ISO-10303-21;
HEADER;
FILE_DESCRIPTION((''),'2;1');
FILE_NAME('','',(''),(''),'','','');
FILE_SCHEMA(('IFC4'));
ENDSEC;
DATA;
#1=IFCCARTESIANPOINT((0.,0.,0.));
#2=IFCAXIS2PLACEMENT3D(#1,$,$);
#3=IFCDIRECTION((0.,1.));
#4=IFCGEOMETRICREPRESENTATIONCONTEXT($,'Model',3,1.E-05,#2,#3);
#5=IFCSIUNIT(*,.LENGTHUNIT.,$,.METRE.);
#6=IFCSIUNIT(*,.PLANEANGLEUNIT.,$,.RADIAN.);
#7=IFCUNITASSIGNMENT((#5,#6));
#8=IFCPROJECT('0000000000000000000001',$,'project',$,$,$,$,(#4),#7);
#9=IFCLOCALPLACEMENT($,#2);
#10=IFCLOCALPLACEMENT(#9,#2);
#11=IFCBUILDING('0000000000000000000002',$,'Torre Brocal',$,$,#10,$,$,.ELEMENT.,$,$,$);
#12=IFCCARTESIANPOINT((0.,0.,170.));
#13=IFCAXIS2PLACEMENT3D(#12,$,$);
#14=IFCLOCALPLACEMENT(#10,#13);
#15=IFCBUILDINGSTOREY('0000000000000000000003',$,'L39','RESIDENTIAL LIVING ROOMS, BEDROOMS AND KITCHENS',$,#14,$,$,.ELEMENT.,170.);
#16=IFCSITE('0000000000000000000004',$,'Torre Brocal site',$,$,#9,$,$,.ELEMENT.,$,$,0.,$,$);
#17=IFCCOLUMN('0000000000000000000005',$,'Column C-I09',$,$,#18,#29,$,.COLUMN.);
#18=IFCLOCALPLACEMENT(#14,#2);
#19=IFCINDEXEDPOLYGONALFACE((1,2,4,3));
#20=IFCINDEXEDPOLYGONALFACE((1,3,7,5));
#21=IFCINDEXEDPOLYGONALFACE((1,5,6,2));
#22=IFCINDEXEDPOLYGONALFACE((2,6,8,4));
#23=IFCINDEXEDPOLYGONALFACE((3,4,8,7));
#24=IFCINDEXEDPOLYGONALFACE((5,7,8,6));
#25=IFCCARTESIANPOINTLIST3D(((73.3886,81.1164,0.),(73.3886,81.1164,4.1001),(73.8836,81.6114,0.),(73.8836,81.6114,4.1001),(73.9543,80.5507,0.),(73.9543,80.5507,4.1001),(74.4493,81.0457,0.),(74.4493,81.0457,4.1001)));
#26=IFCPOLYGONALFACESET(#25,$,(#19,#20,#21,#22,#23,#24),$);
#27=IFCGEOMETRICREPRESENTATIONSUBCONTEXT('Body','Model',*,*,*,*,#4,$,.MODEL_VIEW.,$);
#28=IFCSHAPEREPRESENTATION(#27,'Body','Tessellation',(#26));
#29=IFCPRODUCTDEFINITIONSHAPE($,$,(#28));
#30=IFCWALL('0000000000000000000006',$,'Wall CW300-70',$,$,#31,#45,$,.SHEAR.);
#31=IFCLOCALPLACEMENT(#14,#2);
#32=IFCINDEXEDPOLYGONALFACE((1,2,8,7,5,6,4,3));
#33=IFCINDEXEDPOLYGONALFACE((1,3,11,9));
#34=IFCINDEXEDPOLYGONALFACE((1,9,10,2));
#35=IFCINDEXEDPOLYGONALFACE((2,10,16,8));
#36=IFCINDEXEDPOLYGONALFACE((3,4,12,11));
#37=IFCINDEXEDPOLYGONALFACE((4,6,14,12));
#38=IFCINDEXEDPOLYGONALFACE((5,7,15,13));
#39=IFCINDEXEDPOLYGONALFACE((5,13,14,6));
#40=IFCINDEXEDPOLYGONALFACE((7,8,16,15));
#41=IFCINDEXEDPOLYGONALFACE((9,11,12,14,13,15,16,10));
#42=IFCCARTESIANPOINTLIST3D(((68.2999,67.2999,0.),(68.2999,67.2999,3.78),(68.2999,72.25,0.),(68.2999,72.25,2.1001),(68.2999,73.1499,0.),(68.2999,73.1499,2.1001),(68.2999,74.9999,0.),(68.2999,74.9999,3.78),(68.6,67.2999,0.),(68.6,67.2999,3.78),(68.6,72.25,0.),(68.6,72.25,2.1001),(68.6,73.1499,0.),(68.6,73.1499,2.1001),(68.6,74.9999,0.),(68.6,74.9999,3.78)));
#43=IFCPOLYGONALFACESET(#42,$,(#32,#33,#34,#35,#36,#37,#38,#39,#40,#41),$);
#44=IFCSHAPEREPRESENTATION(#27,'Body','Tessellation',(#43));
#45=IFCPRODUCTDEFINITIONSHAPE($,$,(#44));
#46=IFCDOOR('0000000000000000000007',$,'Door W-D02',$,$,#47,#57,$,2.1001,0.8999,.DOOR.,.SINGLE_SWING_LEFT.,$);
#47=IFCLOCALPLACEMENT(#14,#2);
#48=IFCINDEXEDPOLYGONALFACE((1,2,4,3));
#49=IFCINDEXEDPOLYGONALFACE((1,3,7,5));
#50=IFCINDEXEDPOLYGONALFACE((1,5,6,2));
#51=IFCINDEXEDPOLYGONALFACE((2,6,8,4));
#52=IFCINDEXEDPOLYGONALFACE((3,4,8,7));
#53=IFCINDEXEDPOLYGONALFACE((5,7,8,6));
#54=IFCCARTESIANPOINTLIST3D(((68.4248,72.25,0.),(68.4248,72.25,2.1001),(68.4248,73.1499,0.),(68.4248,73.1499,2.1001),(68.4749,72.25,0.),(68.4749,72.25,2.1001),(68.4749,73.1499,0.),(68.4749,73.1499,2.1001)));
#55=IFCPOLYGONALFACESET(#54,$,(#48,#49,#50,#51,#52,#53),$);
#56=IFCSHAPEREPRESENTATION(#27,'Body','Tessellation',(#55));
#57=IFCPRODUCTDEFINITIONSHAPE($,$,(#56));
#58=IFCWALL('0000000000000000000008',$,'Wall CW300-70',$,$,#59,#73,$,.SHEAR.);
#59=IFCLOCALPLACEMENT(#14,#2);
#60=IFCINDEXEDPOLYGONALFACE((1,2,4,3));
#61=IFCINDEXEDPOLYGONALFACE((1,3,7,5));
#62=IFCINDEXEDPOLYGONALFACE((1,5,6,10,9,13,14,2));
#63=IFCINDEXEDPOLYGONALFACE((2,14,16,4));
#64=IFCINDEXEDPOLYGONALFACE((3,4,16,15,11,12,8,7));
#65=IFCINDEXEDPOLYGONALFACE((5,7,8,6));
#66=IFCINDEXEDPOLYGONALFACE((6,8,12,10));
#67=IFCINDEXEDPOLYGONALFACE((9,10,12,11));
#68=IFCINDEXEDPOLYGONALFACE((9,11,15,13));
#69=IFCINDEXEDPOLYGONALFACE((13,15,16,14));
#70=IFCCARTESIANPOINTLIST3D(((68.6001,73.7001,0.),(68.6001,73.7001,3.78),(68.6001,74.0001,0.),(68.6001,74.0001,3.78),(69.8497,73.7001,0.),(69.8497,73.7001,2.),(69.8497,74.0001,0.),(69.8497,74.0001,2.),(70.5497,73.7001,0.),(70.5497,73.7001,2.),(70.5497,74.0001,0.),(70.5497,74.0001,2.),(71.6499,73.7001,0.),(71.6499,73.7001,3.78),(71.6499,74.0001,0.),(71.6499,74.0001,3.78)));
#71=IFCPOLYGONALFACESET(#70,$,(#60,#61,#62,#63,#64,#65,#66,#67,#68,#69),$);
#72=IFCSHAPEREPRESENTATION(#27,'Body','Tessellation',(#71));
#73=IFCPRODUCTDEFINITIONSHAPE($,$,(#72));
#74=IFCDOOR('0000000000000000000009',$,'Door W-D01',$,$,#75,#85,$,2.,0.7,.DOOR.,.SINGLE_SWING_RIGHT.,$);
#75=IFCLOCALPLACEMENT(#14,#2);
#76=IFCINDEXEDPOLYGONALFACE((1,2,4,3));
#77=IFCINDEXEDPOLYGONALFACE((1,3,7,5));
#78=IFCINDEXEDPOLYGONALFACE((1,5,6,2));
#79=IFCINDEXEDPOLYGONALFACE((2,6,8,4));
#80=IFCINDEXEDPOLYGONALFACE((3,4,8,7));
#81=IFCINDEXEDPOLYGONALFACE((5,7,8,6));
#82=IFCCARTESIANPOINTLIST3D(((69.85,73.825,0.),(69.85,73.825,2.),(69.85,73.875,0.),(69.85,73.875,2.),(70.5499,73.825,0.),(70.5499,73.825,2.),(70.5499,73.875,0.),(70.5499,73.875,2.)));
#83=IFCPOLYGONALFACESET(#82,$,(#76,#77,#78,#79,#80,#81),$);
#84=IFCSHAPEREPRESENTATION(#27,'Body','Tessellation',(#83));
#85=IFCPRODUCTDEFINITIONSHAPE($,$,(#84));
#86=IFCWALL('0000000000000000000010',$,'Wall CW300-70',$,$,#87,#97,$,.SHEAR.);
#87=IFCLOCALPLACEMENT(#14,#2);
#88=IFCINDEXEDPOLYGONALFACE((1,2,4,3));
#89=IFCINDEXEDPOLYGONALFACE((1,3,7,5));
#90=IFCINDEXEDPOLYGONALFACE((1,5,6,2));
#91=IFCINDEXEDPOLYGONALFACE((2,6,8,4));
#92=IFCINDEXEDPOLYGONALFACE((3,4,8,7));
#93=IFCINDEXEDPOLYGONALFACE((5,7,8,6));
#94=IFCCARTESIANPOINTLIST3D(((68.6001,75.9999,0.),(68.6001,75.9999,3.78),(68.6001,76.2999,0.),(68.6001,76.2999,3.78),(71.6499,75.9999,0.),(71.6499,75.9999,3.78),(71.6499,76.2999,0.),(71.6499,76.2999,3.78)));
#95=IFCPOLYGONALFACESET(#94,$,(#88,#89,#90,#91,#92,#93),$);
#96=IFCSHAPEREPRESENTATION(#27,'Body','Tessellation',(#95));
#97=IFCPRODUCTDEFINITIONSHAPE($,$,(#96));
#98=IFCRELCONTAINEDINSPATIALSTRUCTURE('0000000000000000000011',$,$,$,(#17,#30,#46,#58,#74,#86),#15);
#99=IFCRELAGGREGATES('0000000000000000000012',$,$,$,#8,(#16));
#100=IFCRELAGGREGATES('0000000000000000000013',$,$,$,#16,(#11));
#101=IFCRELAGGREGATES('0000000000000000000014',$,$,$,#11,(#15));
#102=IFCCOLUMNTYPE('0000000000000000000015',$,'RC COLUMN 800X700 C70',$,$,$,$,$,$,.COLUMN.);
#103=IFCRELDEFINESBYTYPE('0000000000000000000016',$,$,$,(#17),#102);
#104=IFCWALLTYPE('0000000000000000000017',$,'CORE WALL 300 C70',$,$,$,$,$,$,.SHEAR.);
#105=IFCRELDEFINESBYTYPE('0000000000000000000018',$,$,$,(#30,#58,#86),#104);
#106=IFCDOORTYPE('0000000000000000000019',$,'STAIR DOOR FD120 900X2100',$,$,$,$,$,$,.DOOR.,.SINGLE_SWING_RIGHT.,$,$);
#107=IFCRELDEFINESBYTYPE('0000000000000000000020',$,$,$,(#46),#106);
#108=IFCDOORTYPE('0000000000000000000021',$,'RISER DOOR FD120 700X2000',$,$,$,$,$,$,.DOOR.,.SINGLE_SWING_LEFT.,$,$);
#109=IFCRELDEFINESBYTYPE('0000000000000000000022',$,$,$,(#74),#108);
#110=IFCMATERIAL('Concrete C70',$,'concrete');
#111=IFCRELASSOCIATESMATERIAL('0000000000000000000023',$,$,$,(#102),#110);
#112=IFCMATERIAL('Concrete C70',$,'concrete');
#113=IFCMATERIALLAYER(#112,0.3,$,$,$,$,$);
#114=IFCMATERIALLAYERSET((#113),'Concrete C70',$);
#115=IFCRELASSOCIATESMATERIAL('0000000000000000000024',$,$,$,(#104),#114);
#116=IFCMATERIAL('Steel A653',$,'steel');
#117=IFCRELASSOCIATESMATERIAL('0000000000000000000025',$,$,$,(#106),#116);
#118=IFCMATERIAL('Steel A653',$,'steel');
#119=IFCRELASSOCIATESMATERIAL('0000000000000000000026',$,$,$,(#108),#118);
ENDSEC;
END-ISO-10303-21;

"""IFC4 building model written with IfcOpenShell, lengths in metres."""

from ifc_helpers import new_model, si_unit, direction, frame, frame_2d, origin, origin_2d, place, context, subcontext, project, spatial, rectangle, extrude, material, layer, layer_set, material_profile, profile_set, type_object, element, fill, save


model = new_model("IFC4")

# Units and contexts
model_context = context("Model", 3, precision=1e-05, world=origin(), true_north=direction((0.0, 1.0)))
body_context = subcontext(model_context, "Body", "Model", "MODEL_VIEW")
ifc_project = project(units=[si_unit("LENGTHUNIT", "METRE"), si_unit("PLANEANGLEUNIT", "RADIAN")], contexts=[model_context])

# Site, building, storey
site_placement = place(None, origin())
site = spatial("IfcSite", under=ifc_project, at=site_placement, Name="Torre Brocal site", CompositionType="ELEMENT", RefElevation=0.0)
building_placement = place(site_placement, origin())
building = spatial("IfcBuilding", under=site, at=building_placement, Name="Torre Brocal", CompositionType="ELEMENT")
storey_placement = place(building_placement, frame((0.0, 0.0, 170.0)))
storey = spatial("IfcBuildingStorey", under=building, at=storey_placement, Name="L39", Description="RESIDENTIAL LIVING ROOMS, BEDROOMS AND KITCHENS", CompositionType="ELEMENT", Elevation=170.0)

# Column
ifc_material_1 = material(Name="Concrete C70", Category="concrete")
ifc_material_profile = material_profile(ifc_material_1, rectangle(XDim=0.8, YDim=0.7, at=origin_2d()), Name="RC 800X700")
ifc_profile_set = profile_set([ifc_material_profile], Name="Concrete C70")
column_type = type_object("IfcColumnType", Name="RC COLUMN 800X700 C70", PredefinedType="COLUMN", material=ifc_profile_set)
column_placement = place(storey_placement, frame((73.9189, 81.0811, 0.0), z_axis=(0.0, 0.0, 1.0), x_axis=(-0.707107, 0.707107, 0.0)))
element("IfcColumn", 1, at=column_placement, inside=storey, type_object=column_type, Name="Column C-I09", PredefinedType="COLUMN", context=body_context, shape_type="SweptSolid", body=[
    extrude(rectangle(XDim=0.8, YDim=0.7, at=origin_2d()), origin(), (0.0, 0.0, 1.0), 4.1001),
])

# Walls, openings, doors
ifc_material_2 = material(Name="Concrete C70", Category="concrete")
ifc_layer_1 = layer(ifc_material_2, 0.3)
ifc_layer_set_1 = layer_set([ifc_layer_1], Name="Concrete C70")
wall_type_1 = type_object("IfcWallType", Name="CORE WALL 300 C70", PredefinedType="SHEAR", material=ifc_layer_set_1)
wall_1_placement = place(storey_placement, frame((68.45, 75.0, 0.0), z_axis=(0.0, 0.0, 1.0), x_axis=(0.0, -1.0, 0.0)))
wall_1 = element("IfcWall", 2, at=wall_1_placement, inside=storey, type_object=wall_type_1, Name="Wall CW300-70", PredefinedType="SHEAR", context=body_context, shape_type="SweptSolid", body=[
    extrude(rectangle(XDim=7.7, YDim=0.3, at=frame_2d((3.8501, 0.0))), origin(), (0.0, 0.0, 1.0), 3.78),
])
opening_1_placement = place(wall_1_placement, frame((1.8501, 0.0, 0.0)))
opening_1 = element("IfcOpeningElement", 3, at=opening_1_placement, cuts=wall_1, PredefinedType="OPENING", context=body_context, shape_type="SweptSolid", body=[
    extrude(rectangle(XDim=0.8999, YDim=2.1001, at=frame_2d((0.45, 1.05))), frame((0.0, 0.1599, 0.0), z_axis=(0.0, -1.0, 0.0), x_axis=(1.0, 0.0, 0.0)), (0.0, 0.0, 1.0), 0.3201),
])
ifc_material_3 = material(Name="Steel A653", Category="steel")
door_type_1 = type_object("IfcDoorType", Name="STAIR DOOR FD120 900X2100", OperationType="SINGLE_SWING_RIGHT", PredefinedType="DOOR", material=ifc_material_3)
door_1_placement = place(opening_1_placement, origin())
door_1 = element("IfcDoor", 4, at=door_1_placement, inside=storey, type_object=door_type_1, Name="Door W-D02", OperationType="SINGLE_SWING_LEFT", OverallHeight=2.1001, OverallWidth=0.8999, PredefinedType="DOOR", context=body_context, shape_type="SweptSolid", body=[
    extrude(rectangle(XDim=0.8999, YDim=2.1001, at=frame_2d((0.45, 1.05))), frame((0.0, 0.0249, 0.0), z_axis=(0.0, -1.0, 0.0), x_axis=(1.0, 0.0, 0.0)), (0.0, 0.0, 1.0), 0.05),
])
fill(opening_1, door_1)
wall_2_placement = place(storey_placement, frame((71.6499, 73.8501, 0.0), z_axis=(0.0, 0.0, 1.0), x_axis=(-1.0, 0.0, 0.0)))
wall_2 = element("IfcWall", 5, at=wall_2_placement, inside=storey, type_object=wall_type_1, Name="Wall CW300-70", PredefinedType="SHEAR", context=body_context, shape_type="SweptSolid", body=[
    extrude(rectangle(XDim=3.0498, YDim=0.3, at=frame_2d((1.5249, 0.0))), origin(), (0.0, 0.0, 1.0), 3.78),
])
opening_2_placement = place(wall_2_placement, frame((1.1001, 0.0, 0.0)))
opening_2 = element("IfcOpeningElement", 6, at=opening_2_placement, cuts=wall_2, PredefinedType="OPENING", context=body_context, shape_type="SweptSolid", body=[
    extrude(rectangle(XDim=0.7, YDim=2.0, at=frame_2d((0.3501, 1.0))), frame((0.0, 0.1599, 0.0), z_axis=(0.0, -1.0, 0.0), x_axis=(1.0, 0.0, 0.0)), (0.0, 0.0, 1.0), 0.3201),
])
ifc_material_4 = material(Name="Steel A653", Category="steel")
door_type_2 = type_object("IfcDoorType", Name="RISER DOOR FD120 700X2000", OperationType="SINGLE_SWING_LEFT", PredefinedType="DOOR", material=ifc_material_4)
door_2_placement = place(opening_2_placement, frame((0.7, 0.0, 0.0), z_axis=(0.0, 0.0, 1.0), x_axis=(-1.0, 0.0, 0.0)))
door_2 = element("IfcDoor", 7, at=door_2_placement, inside=storey, type_object=door_type_2, Name="Door W-D01", OperationType="SINGLE_SWING_RIGHT", OverallHeight=2.0, OverallWidth=0.7, PredefinedType="DOOR", context=body_context, shape_type="SweptSolid", body=[
    extrude(rectangle(XDim=0.7, YDim=2.0, at=frame_2d((0.3501, 1.0))), frame((0.0, 0.0249, 0.0), z_axis=(0.0, -1.0, 0.0), x_axis=(1.0, 0.0, 0.0)), (0.0, 0.0, 1.0), 0.05),
])
fill(opening_2, door_2)

# Wall
wall_3_placement = place(storey_placement, frame((71.6499, 76.1499, 0.0), z_axis=(0.0, 0.0, 1.0), x_axis=(-1.0, 0.0, 0.0)))
element("IfcWall", 8, at=wall_3_placement, inside=storey, type_object=wall_type_1, Name="Wall CW300-70", PredefinedType="SHEAR", context=body_context, shape_type="SweptSolid", body=[
    extrude(rectangle(XDim=3.0498, YDim=0.3, at=frame_2d((1.5249, 0.0))), origin(), (0.0, 0.0, 1.0), 3.78),
])

save(model, "model.ifc")
